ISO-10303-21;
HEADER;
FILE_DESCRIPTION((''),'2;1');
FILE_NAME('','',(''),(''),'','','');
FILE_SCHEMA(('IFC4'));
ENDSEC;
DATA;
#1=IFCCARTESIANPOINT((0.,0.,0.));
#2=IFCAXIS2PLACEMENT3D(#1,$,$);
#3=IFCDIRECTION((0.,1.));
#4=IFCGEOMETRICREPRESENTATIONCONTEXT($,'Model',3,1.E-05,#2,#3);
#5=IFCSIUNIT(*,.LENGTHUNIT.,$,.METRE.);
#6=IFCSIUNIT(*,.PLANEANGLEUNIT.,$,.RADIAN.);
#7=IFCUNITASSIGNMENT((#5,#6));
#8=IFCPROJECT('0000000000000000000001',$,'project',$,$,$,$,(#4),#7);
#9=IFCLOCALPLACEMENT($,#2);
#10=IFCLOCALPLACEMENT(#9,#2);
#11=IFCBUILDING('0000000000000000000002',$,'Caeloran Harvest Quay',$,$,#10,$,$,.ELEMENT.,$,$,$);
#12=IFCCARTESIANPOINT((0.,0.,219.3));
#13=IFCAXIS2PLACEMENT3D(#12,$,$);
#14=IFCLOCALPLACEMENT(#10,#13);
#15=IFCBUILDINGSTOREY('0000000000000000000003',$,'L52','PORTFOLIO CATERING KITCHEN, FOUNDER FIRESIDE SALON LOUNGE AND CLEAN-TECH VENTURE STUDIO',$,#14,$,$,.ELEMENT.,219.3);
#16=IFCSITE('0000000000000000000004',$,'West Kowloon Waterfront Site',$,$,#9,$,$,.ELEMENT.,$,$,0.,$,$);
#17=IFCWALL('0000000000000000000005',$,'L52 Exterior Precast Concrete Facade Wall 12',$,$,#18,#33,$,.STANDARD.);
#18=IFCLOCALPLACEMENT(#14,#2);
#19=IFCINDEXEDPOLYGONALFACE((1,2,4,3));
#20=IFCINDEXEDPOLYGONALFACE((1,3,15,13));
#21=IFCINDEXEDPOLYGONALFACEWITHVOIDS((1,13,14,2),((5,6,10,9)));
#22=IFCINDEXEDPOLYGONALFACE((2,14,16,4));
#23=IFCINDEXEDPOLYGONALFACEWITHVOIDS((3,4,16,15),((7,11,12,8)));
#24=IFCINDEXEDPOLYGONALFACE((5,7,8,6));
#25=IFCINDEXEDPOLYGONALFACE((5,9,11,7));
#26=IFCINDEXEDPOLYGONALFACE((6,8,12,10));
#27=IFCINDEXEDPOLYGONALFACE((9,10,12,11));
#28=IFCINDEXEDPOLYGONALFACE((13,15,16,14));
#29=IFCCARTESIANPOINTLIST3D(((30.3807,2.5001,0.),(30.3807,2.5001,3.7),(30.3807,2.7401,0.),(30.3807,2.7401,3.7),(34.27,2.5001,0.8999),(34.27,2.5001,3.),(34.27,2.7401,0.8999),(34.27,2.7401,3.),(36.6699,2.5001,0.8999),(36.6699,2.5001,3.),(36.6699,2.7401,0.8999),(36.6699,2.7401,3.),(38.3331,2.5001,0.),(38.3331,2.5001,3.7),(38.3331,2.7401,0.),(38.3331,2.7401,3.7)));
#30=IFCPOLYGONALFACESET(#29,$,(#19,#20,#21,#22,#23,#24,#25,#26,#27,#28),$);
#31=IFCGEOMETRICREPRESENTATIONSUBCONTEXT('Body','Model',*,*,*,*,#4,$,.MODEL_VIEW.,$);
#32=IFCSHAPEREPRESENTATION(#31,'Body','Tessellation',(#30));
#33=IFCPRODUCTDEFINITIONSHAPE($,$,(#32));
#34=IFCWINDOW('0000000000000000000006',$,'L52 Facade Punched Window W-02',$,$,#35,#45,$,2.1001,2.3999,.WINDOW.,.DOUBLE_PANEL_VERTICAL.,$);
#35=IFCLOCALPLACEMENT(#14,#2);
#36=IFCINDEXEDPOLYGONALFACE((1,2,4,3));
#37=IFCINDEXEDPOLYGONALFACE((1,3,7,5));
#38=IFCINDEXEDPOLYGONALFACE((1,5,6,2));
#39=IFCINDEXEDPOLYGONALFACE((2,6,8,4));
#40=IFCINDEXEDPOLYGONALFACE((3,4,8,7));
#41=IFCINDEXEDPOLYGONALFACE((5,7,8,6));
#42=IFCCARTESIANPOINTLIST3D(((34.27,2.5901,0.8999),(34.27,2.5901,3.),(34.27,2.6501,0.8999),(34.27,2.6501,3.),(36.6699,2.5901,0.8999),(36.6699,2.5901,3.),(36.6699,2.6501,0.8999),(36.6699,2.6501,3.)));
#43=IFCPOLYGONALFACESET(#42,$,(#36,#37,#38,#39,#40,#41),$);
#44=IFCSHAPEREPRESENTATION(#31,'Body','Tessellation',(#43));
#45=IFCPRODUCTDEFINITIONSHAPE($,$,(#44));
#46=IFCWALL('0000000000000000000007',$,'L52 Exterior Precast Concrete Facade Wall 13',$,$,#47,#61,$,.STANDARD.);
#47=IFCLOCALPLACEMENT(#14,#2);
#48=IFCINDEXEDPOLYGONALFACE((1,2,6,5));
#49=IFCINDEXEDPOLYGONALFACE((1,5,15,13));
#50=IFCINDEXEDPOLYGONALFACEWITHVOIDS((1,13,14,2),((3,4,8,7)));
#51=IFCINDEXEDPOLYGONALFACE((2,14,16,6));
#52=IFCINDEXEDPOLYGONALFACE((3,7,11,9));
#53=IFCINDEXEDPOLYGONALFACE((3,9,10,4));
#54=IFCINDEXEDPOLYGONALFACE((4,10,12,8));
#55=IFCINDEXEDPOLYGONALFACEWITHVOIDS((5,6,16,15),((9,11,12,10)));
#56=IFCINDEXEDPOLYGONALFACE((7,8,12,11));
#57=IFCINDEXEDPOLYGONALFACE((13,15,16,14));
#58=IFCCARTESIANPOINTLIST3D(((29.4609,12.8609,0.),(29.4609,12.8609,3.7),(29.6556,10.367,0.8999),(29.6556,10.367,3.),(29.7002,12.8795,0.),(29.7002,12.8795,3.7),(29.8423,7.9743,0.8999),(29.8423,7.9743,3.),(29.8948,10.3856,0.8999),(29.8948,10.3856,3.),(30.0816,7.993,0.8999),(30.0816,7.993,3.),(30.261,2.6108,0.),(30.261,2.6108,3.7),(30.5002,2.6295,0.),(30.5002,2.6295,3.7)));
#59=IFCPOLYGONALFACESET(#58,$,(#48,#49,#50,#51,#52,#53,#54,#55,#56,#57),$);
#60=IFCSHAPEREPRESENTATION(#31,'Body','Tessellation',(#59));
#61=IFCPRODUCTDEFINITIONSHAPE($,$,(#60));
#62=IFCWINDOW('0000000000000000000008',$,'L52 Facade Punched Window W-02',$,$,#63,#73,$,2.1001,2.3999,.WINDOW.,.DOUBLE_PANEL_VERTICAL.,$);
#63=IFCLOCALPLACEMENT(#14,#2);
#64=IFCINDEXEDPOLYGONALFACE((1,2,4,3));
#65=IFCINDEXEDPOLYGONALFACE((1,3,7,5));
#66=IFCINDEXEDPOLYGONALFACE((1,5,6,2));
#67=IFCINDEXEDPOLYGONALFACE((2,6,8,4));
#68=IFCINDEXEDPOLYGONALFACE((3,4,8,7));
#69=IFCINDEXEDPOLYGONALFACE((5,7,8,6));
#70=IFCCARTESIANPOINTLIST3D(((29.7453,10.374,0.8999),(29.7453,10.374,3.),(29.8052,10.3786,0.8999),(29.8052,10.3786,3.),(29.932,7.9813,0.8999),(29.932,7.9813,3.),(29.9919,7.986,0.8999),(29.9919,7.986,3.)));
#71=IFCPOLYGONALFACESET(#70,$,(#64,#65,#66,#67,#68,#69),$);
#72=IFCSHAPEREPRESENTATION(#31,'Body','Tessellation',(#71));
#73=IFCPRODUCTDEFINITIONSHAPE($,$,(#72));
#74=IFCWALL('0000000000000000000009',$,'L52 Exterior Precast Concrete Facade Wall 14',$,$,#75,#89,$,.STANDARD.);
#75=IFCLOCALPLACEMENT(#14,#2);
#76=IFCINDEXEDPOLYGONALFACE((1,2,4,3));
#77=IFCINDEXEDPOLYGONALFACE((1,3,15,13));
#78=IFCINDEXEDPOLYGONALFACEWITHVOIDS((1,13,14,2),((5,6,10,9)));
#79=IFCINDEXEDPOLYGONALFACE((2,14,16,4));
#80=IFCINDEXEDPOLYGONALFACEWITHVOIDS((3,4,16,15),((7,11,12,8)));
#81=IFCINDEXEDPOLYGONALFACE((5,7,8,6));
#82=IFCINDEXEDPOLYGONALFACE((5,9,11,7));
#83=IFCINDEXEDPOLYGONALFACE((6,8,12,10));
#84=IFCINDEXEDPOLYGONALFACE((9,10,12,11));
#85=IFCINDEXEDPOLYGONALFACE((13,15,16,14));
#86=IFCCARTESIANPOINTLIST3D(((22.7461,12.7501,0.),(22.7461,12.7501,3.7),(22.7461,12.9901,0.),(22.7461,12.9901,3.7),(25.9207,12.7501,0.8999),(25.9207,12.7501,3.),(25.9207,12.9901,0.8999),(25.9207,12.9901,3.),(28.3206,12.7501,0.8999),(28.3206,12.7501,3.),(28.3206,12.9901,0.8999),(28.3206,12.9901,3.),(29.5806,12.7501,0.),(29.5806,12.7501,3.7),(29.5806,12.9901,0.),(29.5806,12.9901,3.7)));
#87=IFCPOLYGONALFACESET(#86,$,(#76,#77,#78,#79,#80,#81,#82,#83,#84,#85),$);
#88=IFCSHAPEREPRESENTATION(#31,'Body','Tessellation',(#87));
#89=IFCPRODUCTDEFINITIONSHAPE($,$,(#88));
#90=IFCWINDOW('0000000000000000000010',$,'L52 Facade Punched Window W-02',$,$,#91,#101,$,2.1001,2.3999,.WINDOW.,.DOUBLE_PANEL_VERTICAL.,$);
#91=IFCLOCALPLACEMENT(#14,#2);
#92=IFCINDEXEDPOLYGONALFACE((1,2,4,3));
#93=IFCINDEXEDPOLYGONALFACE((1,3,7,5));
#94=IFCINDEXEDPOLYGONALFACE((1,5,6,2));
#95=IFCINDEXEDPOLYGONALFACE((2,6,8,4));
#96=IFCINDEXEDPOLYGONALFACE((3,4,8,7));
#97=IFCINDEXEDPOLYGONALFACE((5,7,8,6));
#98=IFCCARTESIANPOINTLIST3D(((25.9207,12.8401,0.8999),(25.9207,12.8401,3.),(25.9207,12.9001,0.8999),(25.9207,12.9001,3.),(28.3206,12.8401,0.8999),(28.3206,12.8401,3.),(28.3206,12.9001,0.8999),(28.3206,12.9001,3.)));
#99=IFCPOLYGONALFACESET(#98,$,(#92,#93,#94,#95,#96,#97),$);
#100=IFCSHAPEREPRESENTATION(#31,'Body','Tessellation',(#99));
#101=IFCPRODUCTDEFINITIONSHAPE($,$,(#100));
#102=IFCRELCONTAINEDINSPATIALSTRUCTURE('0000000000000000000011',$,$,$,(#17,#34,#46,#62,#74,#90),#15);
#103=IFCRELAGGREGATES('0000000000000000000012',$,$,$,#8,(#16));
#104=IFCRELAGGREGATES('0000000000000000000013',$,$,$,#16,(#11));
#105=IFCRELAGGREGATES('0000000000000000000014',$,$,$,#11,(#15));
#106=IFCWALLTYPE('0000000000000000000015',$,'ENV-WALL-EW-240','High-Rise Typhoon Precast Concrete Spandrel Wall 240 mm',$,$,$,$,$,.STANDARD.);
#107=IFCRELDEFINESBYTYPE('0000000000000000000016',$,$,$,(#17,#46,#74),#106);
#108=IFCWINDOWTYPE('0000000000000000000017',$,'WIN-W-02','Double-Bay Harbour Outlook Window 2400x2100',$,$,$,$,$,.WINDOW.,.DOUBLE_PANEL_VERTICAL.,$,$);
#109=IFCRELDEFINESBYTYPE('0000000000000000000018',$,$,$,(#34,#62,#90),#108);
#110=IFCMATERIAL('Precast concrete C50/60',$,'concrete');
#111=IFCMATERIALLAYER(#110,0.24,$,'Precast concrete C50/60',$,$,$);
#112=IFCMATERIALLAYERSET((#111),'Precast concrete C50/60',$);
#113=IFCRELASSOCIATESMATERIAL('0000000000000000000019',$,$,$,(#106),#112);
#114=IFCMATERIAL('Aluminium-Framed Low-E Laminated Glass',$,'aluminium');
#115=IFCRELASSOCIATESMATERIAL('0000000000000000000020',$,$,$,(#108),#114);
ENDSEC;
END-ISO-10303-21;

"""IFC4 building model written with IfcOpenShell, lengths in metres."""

from ifc_helpers import new_model, si_unit, direction, frame, frame_2d, origin, place, context, subcontext, project, spatial, rectangle, extrude, material, layer, layer_set, type_object, element, fill, save


model = new_model("IFC4")

# Units and contexts
model_context = context("Model", 3, precision=1e-05, world=origin(), true_north=direction((0.0, 1.0)))
body_context = subcontext(model_context, "Body", "Model", "MODEL_VIEW")
ifc_project = project(units=[si_unit("LENGTHUNIT", "METRE"), si_unit("PLANEANGLEUNIT", "RADIAN")], contexts=[model_context])

# Site, building, storey
site_placement = place(None, origin())
site = spatial("IfcSite", under=ifc_project, at=site_placement, Name="West Kowloon Waterfront Site", CompositionType="ELEMENT", RefElevation=0.0)
building_placement = place(site_placement, origin())
building = spatial("IfcBuilding", under=site, at=building_placement, Name="Caeloran Harvest Quay", CompositionType="ELEMENT")
storey_placement = place(building_placement, frame((0.0, 0.0, 219.3)))
storey = spatial("IfcBuildingStorey", under=building, at=storey_placement, Name="L52", Description="PORTFOLIO CATERING KITCHEN, FOUNDER FIRESIDE SALON LOUNGE AND CLEAN-TECH VENTURE STUDIO", CompositionType="ELEMENT", Elevation=219.3)

# Walls, openings, windows
ifc_material_1 = material(Name="Precast concrete C50/60", Category="concrete")
ifc_layer = layer(ifc_material_1, 0.24, Name="Precast concrete C50/60")
ifc_layer_set = layer_set([ifc_layer], Name="Precast concrete C50/60")
wall_type = type_object("IfcWallType", Name="ENV-WALL-EW-240", Description="High-Rise Typhoon Precast Concrete Spandrel Wall 240 mm", PredefinedType="STANDARD", material=ifc_layer_set)
wall_1_placement = place(storey_placement, frame((38.333, 2.6201, 0.0), z_axis=(0.0, 0.0, 1.0), x_axis=(-1.0, 0.0, 0.0)))
wall_1 = element("IfcWall", 1, at=wall_1_placement, inside=storey, type_object=wall_type, Name="L52 Exterior Precast Concrete Facade Wall 12", PredefinedType="STANDARD", context=body_context, shape_type="SweptSolid", body=[
    extrude(rectangle(XDim=7.9524, YDim=0.24, at=frame_2d((3.9761, 0.0))), origin(), (0.0, 0.0, 1.0), 3.7),
])
opening_1_placement = place(wall_1_placement, frame((1.6631, 0.0, 0.8999)))
opening_1 = element("IfcOpeningElement", 2, at=opening_1_placement, cuts=wall_1, PredefinedType="OPENING", context=body_context, shape_type="SweptSolid", body=[
    extrude(rectangle(XDim=2.3999, YDim=2.1001, at=frame_2d((1.2, 1.05))), frame((0.0, 0.1299, 0.0), z_axis=(0.0, -1.0, 0.0), x_axis=(1.0, 0.0, 0.0)), (0.0, 0.0, 1.0), 0.26),
])
ifc_material_2 = material(Name="Aluminium-Framed Low-E Laminated Glass", Category="aluminium")
window_type = type_object("IfcWindowType", Name="WIN-W-02", Description="Double-Bay Harbour Outlook Window 2400x2100", PartitioningType="DOUBLE_PANEL_VERTICAL", PredefinedType="WINDOW", material=ifc_material_2)
window_1_placement = place(opening_1_placement, origin())
window_1 = element("IfcWindow", 3, at=window_1_placement, inside=storey, type_object=window_type, Name="L52 Facade Punched Window W-02", OverallHeight=2.1001, OverallWidth=2.3999, PartitioningType="DOUBLE_PANEL_VERTICAL", PredefinedType="WINDOW", context=body_context, shape_type="SweptSolid", body=[
    extrude(rectangle(XDim=2.3999, YDim=2.1001, at=frame_2d((1.2, 1.05))), frame((0.0, 0.03, 0.0), z_axis=(0.0, -1.0, 0.0), x_axis=(1.0, 0.0, 0.0)), (0.0, 0.0, 1.0), 0.0601),
])
fill(opening_1, window_1)
wall_2_placement = place(storey_placement, frame((30.3806, 2.6201, 0.0), z_axis=(0.0, 0.0, 1.0), x_axis=(-0.077817, 0.996968, 0.0)))
wall_2 = element("IfcWall", 4, at=wall_2_placement, inside=storey, type_object=wall_type, Name="L52 Exterior Precast Concrete Facade Wall 13", PredefinedType="STANDARD", context=body_context, shape_type="SweptSolid", body=[
    extrude(rectangle(XDim=10.2812, YDim=0.24, at=frame_2d((5.1406, 0.0))), origin(), (0.0, 0.0, 1.0), 3.7),
])
opening_2_placement = place(wall_2_placement, frame((5.3799, 0.0, 0.8999)))
opening_2 = element("IfcOpeningElement", 5, at=opening_2_placement, cuts=wall_2, PredefinedType="OPENING", context=body_context, shape_type="SweptSolid", body=[
    extrude(rectangle(XDim=2.3999, YDim=2.1001, at=frame_2d((1.2, 1.05))), frame((0.0, 0.1299, 0.0), z_axis=(0.0, -1.0, 0.0), x_axis=(1.0, 0.0, 0.0)), (0.0, 0.0, 1.0), 0.26),
])
window_2_placement = place(opening_2_placement, origin())
window_2 = element("IfcWindow", 6, at=window_2_placement, inside=storey, type_object=window_type, Name="L52 Facade Punched Window W-02", OverallHeight=2.1001, OverallWidth=2.3999, PartitioningType="DOUBLE_PANEL_VERTICAL", PredefinedType="WINDOW", context=body_context, shape_type="SweptSolid", body=[
    extrude(rectangle(XDim=2.3999, YDim=2.1001, at=frame_2d((1.2, 1.05))), frame((0.0, 0.03, 0.0), z_axis=(0.0, -1.0, 0.0), x_axis=(1.0, 0.0, 0.0)), (0.0, 0.0, 1.0), 0.0601),
])
fill(opening_2, window_2)
wall_3_placement = place(storey_placement, frame((29.5806, 12.8701, 0.0), z_axis=(0.0, 0.0, 1.0), x_axis=(-1.0, 0.0, 0.0)))
wall_3 = element("IfcWall", 7, at=wall_3_placement, inside=storey, type_object=wall_type, Name="L52 Exterior Precast Concrete Facade Wall 14", PredefinedType="STANDARD", context=body_context, shape_type="SweptSolid", body=[
    extrude(rectangle(XDim=6.8345, YDim=0.24, at=frame_2d((3.4172, 0.0))), origin(), (0.0, 0.0, 1.0), 3.7),
])
opening_3_placement = place(wall_3_placement, frame((1.26, 0.0, 0.8999)))
opening_3 = element("IfcOpeningElement", 8, at=opening_3_placement, cuts=wall_3, PredefinedType="OPENING", context=body_context, shape_type="SweptSolid", body=[
    extrude(rectangle(XDim=2.3999, YDim=2.1001, at=frame_2d((1.2, 1.05))), frame((0.0, 0.1299, 0.0), z_axis=(0.0, -1.0, 0.0), x_axis=(1.0, 0.0, 0.0)), (0.0, 0.0, 1.0), 0.26),
])
window_3_placement = place(opening_3_placement, origin())
window_3 = element("IfcWindow", 9, at=window_3_placement, inside=storey, type_object=window_type, Name="L52 Facade Punched Window W-02", OverallHeight=2.1001, OverallWidth=2.3999, PartitioningType="DOUBLE_PANEL_VERTICAL", PredefinedType="WINDOW", context=body_context, shape_type="SweptSolid", body=[
    extrude(rectangle(XDim=2.3999, YDim=2.1001, at=frame_2d((1.2, 1.05))), frame((0.0, 0.03, 0.0), z_axis=(0.0, -1.0, 0.0), x_axis=(1.0, 0.0, 0.0)), (0.0, 0.0, 1.0), 0.0601),
])
fill(opening_3, window_3)

save(model, "model.ifc")
